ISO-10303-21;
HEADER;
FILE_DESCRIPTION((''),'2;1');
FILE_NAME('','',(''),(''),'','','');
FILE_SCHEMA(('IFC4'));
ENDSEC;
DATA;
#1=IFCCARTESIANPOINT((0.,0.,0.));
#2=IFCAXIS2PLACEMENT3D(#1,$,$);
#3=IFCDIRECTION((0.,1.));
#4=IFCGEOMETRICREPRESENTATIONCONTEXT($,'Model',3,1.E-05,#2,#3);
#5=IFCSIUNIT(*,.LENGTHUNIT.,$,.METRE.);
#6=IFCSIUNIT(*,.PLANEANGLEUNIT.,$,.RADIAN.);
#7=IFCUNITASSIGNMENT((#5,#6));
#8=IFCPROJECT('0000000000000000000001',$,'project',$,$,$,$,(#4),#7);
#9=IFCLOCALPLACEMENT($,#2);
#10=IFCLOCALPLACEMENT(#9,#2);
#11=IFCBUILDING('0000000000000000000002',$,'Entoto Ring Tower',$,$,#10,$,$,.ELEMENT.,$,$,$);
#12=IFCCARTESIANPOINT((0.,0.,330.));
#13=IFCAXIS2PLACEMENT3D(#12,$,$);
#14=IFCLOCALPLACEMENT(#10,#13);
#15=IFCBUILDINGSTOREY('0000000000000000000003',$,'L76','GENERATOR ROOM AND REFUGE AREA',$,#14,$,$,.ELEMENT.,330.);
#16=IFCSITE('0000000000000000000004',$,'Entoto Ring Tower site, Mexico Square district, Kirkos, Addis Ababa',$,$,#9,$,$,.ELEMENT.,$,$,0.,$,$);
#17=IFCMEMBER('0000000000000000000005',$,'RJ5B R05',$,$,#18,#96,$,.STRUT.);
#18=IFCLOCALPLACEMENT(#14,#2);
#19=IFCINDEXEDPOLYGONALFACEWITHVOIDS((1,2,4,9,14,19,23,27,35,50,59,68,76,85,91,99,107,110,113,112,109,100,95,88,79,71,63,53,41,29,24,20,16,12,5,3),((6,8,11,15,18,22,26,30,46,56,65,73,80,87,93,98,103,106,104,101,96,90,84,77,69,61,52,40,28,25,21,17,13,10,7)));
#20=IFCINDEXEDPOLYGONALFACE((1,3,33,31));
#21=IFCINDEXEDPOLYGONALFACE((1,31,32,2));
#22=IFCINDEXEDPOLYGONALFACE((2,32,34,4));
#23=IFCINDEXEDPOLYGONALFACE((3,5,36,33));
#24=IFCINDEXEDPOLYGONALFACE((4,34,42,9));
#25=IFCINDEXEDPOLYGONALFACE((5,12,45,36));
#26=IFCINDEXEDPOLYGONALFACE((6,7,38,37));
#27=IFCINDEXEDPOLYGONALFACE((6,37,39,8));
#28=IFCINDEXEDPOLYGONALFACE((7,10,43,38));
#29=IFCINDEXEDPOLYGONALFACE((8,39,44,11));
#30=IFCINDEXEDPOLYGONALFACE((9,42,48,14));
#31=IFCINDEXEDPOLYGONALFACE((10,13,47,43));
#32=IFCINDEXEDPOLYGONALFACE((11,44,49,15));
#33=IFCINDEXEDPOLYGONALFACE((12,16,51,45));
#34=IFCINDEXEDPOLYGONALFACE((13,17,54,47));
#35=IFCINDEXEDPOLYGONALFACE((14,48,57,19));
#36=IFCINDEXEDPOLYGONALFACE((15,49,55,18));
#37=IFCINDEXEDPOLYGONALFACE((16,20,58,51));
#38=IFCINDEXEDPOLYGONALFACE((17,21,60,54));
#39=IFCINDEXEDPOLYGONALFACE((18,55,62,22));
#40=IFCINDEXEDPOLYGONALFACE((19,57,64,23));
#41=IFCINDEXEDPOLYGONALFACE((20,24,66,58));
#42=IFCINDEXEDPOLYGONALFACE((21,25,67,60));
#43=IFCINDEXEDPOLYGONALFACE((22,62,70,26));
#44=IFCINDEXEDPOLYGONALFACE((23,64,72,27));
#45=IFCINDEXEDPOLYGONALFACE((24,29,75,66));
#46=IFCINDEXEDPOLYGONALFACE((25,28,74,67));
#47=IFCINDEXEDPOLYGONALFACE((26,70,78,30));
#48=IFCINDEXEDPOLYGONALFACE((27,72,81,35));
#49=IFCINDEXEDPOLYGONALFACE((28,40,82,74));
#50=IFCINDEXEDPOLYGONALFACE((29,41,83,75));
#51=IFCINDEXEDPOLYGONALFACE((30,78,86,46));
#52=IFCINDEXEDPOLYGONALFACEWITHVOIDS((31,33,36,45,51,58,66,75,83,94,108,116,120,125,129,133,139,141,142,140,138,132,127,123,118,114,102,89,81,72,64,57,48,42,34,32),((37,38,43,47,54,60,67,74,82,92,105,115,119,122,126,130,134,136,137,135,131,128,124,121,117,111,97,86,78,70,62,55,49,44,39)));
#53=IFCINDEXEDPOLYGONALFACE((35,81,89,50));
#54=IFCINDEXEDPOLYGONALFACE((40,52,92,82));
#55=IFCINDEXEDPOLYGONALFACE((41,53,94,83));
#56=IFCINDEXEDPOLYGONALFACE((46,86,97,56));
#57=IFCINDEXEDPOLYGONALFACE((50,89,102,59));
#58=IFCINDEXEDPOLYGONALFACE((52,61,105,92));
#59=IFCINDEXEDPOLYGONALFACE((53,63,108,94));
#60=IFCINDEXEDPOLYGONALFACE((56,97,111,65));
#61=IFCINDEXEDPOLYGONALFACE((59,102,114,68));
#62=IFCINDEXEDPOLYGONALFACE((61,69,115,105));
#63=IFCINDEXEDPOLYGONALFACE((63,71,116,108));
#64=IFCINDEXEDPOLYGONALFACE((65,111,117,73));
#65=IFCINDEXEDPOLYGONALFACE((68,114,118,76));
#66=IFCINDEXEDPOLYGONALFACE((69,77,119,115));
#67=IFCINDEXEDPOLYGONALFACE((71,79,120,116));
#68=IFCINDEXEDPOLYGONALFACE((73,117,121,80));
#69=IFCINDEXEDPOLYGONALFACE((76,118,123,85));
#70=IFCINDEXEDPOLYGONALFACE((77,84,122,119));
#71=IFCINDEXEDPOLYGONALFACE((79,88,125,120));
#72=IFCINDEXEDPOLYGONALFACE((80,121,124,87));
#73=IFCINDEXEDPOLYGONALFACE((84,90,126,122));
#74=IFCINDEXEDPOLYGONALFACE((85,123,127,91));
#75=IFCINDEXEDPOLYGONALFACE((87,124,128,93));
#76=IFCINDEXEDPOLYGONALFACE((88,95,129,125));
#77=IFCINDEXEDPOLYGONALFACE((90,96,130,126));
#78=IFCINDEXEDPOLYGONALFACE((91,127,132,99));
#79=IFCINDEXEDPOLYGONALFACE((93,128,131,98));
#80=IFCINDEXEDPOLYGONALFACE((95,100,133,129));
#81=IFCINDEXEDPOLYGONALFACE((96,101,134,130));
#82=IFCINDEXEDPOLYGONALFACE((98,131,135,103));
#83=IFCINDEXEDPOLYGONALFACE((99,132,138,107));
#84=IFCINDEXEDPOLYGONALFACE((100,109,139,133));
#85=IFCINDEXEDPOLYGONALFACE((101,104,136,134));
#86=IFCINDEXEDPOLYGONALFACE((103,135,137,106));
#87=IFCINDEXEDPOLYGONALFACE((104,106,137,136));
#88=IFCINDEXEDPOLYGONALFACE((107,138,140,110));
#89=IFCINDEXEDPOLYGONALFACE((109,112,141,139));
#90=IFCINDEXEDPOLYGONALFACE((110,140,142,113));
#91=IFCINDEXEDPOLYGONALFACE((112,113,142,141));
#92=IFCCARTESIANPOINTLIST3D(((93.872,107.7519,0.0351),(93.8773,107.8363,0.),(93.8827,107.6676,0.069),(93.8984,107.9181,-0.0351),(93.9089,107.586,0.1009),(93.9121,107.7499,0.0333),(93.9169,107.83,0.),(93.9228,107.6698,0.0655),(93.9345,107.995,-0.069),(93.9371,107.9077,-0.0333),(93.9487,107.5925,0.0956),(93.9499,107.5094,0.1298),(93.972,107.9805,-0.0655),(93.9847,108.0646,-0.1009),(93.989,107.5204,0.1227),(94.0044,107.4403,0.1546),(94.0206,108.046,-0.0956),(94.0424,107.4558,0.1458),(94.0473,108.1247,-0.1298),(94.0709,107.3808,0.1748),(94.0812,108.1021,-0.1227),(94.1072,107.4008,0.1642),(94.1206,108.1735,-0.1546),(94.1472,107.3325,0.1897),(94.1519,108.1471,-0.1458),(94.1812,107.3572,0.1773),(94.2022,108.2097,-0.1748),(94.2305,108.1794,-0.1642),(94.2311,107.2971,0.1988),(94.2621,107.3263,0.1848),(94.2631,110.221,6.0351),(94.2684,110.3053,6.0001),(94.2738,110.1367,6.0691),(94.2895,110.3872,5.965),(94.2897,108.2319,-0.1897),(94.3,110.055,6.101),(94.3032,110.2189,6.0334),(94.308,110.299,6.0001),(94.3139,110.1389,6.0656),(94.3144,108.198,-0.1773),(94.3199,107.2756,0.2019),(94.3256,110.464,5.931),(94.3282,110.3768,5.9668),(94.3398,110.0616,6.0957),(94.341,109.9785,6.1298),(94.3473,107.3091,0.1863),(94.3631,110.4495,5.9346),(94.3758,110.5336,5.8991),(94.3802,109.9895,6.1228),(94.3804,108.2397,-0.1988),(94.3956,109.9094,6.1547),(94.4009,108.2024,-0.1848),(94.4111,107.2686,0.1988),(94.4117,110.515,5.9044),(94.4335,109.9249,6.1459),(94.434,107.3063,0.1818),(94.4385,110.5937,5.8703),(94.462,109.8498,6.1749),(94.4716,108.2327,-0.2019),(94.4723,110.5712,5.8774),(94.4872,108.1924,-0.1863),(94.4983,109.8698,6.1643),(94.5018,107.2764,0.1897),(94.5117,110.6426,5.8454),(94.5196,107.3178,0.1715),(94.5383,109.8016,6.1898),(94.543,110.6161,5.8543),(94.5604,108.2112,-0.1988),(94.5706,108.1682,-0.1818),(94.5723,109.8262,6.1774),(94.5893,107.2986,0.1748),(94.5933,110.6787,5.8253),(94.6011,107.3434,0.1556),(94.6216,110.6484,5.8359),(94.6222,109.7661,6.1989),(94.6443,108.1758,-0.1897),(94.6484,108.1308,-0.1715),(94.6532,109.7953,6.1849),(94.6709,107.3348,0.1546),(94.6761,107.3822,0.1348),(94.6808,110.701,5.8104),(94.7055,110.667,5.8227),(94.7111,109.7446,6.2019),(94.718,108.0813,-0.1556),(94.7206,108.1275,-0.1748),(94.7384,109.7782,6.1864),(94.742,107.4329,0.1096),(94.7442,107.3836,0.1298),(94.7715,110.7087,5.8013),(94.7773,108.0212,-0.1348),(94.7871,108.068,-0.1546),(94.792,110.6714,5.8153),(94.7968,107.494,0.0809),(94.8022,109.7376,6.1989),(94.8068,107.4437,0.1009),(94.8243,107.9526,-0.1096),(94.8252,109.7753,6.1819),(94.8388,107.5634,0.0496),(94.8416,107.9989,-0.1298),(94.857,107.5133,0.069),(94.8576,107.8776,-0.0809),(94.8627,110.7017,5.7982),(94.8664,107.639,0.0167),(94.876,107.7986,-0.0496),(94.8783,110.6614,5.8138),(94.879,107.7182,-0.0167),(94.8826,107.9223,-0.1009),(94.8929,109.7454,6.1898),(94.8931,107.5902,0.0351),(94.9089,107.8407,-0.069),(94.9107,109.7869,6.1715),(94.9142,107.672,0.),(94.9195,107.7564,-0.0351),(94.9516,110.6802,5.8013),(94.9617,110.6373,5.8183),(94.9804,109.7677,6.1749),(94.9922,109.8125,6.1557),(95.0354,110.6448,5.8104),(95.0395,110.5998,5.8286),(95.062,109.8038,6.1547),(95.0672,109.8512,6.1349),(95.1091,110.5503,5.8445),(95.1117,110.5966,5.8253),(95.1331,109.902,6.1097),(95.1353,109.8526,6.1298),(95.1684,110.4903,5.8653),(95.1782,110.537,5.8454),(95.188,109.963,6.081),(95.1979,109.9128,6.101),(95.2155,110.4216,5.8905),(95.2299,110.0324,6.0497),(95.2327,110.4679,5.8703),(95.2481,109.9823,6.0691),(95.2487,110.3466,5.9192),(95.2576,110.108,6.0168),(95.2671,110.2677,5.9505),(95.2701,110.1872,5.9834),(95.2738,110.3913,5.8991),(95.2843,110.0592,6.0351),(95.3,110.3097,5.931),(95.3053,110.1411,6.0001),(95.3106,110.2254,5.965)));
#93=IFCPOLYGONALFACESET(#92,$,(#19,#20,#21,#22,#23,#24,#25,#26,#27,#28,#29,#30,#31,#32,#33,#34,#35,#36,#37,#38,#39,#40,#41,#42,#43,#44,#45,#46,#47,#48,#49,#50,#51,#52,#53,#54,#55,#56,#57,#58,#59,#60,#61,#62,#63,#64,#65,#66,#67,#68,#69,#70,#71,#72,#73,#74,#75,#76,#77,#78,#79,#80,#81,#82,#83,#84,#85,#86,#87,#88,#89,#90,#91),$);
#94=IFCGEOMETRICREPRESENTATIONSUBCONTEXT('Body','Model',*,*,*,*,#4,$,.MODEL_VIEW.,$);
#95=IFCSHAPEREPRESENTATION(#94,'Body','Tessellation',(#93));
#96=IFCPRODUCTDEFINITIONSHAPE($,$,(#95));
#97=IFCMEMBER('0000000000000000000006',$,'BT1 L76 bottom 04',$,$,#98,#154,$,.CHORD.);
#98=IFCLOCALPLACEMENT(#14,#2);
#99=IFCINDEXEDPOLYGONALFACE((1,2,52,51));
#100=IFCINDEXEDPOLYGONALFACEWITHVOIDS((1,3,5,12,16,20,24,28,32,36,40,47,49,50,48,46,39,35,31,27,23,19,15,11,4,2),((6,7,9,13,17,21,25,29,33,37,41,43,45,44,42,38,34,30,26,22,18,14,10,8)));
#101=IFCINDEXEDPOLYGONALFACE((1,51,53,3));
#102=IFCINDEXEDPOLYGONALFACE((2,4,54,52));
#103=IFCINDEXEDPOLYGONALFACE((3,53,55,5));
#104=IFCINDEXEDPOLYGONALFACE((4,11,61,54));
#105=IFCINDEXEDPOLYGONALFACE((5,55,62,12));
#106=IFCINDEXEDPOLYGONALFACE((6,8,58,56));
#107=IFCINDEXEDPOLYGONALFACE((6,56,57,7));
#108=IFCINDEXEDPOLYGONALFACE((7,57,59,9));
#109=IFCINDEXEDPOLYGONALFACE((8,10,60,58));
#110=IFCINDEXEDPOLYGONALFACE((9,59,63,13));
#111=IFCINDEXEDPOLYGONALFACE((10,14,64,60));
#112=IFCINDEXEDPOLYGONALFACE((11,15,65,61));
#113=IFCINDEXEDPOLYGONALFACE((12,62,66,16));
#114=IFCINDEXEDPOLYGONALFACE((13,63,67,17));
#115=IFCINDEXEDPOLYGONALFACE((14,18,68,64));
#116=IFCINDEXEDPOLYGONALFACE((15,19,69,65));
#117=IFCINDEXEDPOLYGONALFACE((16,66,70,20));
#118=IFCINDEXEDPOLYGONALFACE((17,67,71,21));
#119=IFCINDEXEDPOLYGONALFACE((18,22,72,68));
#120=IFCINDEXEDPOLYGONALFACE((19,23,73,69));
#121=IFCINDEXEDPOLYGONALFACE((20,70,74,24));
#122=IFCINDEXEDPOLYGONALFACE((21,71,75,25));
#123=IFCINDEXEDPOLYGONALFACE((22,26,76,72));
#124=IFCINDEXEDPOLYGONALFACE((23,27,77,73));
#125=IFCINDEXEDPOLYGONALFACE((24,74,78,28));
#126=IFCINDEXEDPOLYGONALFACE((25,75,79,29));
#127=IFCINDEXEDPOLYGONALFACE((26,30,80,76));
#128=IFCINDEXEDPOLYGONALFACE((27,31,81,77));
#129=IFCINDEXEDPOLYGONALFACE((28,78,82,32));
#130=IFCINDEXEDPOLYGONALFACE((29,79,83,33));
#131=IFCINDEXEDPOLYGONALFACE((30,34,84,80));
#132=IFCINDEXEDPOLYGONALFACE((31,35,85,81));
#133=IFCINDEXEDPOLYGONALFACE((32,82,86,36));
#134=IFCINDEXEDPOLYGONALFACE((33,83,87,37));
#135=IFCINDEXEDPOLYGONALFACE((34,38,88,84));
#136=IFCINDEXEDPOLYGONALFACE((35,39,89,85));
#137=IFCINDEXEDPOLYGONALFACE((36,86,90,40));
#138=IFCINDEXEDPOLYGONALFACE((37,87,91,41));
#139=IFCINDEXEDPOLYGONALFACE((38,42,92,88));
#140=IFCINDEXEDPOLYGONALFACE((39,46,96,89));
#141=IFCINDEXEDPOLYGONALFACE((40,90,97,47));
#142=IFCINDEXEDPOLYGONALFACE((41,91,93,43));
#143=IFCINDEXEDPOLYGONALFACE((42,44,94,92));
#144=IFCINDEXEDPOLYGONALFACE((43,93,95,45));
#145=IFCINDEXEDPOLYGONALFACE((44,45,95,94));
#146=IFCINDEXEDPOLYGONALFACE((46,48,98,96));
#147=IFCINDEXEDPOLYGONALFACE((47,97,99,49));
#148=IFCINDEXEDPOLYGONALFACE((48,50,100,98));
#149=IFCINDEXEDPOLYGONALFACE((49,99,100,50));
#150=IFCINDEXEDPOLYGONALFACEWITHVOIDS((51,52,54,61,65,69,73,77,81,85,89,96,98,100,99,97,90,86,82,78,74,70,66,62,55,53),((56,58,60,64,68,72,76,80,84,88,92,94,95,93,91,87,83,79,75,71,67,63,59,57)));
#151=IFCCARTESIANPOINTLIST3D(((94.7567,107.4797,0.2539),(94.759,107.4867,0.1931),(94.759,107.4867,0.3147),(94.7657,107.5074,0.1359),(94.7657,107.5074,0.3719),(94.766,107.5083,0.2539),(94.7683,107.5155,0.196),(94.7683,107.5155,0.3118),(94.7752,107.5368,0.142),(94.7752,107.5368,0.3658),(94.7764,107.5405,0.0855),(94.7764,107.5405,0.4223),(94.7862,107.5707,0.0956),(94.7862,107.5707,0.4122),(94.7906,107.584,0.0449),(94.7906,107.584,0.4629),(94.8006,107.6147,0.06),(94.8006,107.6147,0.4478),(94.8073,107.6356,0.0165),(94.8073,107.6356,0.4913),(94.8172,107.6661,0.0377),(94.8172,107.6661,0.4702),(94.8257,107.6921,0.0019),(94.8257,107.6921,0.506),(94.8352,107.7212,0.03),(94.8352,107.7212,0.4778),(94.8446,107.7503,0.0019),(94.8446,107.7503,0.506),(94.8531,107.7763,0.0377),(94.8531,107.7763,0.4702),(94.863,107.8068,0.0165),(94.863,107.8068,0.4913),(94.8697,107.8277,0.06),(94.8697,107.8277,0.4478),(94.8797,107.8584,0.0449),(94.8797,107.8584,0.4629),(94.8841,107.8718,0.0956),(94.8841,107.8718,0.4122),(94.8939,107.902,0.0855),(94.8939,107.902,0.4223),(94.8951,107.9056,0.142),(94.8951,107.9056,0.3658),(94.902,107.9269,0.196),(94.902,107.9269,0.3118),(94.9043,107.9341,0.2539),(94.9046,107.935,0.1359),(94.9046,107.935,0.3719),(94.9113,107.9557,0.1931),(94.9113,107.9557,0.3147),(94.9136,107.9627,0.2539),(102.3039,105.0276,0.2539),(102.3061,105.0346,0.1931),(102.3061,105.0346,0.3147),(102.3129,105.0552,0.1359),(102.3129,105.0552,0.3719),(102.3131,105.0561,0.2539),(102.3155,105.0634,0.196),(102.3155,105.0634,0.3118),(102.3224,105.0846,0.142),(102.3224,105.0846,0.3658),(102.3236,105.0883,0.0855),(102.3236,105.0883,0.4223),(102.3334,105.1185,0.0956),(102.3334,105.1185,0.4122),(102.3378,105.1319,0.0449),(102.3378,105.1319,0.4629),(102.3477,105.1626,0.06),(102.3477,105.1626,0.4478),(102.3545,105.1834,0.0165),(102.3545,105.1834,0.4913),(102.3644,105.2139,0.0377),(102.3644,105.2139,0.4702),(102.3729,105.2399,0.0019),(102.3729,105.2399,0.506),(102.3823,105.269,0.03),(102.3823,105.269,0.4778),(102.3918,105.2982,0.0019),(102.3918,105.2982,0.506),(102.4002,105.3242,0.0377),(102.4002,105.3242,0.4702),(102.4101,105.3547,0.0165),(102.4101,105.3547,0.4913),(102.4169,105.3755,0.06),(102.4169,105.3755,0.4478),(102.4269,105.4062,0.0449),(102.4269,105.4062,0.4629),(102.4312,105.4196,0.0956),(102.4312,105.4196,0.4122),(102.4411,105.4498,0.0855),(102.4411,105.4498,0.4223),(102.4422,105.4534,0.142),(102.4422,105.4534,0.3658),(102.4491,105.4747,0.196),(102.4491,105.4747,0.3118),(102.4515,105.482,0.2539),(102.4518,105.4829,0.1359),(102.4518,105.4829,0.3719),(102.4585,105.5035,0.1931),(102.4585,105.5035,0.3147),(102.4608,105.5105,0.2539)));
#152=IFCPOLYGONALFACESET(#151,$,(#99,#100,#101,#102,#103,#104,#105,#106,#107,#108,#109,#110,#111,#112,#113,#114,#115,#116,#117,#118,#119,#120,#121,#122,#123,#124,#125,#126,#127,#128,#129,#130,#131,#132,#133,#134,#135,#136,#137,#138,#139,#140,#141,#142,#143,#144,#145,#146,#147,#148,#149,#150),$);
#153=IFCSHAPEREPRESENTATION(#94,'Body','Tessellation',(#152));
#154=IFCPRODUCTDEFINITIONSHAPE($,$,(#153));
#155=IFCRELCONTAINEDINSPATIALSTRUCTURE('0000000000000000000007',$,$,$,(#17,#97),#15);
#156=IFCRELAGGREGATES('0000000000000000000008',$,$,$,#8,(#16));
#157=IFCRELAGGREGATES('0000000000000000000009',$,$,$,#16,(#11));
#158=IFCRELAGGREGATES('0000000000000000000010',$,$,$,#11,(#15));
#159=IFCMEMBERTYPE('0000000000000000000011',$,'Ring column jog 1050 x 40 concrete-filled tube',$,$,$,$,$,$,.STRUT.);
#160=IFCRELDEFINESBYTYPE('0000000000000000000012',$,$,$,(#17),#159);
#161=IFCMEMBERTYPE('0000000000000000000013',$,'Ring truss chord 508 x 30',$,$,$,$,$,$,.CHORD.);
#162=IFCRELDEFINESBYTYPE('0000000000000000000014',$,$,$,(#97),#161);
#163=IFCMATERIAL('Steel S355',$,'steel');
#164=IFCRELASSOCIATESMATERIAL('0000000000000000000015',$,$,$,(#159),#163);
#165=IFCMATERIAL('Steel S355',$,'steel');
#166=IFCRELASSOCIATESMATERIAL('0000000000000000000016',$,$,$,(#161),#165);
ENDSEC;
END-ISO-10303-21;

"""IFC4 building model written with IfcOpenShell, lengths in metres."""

from ifc_helpers import new_model, si_unit, direction, frame, origin, origin_2d, place, context, subcontext, project, spatial, circle, hollow_circle, extrude, material, material_profile, profile_set, type_object, element, save


model = new_model("IFC4")

# Units and contexts
model_context = context("Model", 3, precision=1e-05, world=origin(), true_north=direction((0.0, 1.0)))
body_context = subcontext(model_context, "Body", "Model", "MODEL_VIEW")
ifc_project = project(units=[si_unit("LENGTHUNIT", "METRE"), si_unit("PLANEANGLEUNIT", "RADIAN")], contexts=[model_context])

# Site, building, storey
site_placement = place(None, origin())
site = spatial("IfcSite", under=ifc_project, at=site_placement, Name="Entoto Ring Tower site, Mexico Square district, Kirkos, Addis Ababa", CompositionType="ELEMENT", RefElevation=0.0)
building_placement = place(site_placement, origin())
building = spatial("IfcBuilding", under=site, at=building_placement, Name="Entoto Ring Tower", CompositionType="ELEMENT")
storey_placement = place(building_placement, frame((0.0, 0.0, 330.0)))
storey = spatial("IfcBuildingStorey", under=building, at=storey_placement, Name="L76", Description="GENERATOR ROOM AND REFUGE AREA", CompositionType="ELEMENT", Elevation=330.0)

# Members
ifc_material_1 = material(Name="Steel S355", Category="steel")
ifc_material_profile_1 = material_profile(ifc_material_1, hollow_circle(Radius=0.5249, WallThickness=0.04, at=origin_2d()), Name="CHS 1050 x 40")
ifc_material_2 = material(Name="Concrete C60/75", Category="concrete")
ifc_material_profile_2 = material_profile(ifc_material_2, circle(Radius=0.4851, at=origin_2d()), Name="Concrete C60/75 infill")
ifc_profile_set_1 = profile_set([ifc_material_profile_1, ifc_material_profile_2], Name="Steel S355")
member_type_1 = type_object("IfcMemberType", Name="Ring column jog 1050 x 40 concrete-filled tube", PredefinedType="STRUT", material=ifc_profile_set_1)
for number, where, z_axis, x_axis, name in (
    (1, (94.3958, 107.7542, 0.0), (0.060172, 0.37985, 0.923089), (-0.987684, 0.156459, 0.0), "RJ5B R05"),
):
    element("IfcMember", number, at=place(storey_placement, frame(where, z_axis=z_axis, x_axis=x_axis)), inside=storey, type_object=member_type_1, Name=name, PredefinedType="STRUT", context=body_context, shape_type="SweptSolid", body=[
        extrude(hollow_circle(Radius=0.5249, WallThickness=0.04, at=origin_2d()), origin(), (0.0, 0.0, 1.0), 6.5),
    ])
ifc_material_3 = material(Name="Steel S355", Category="steel")
ifc_material_profile_3 = material_profile(ifc_material_3, hollow_circle(Radius=0.2539, WallThickness=0.03, at=origin_2d()), Name="CHS 508 x 30")
ifc_material_4 = material(Name="Concrete C60/75", Category="concrete")
ifc_material_profile_4 = material_profile(ifc_material_4, circle(Radius=0.2241, at=origin_2d()), Name="Concrete C60/75 infill")
ifc_profile_set_2 = profile_set([ifc_material_profile_3, ifc_material_profile_4], Name="Steel S355")
member_type_2 = type_object("IfcMemberType", Name="Ring truss chord 508 x 30", PredefinedType="CHORD", material=ifc_profile_set_2)
for number, where, z_axis, x_axis, name in (
    (2, (102.3823, 105.269, 0.2539), (-0.951059, 0.30901, 0.0), (-0.30901, -0.951059, 0.0), "BT1 L76 bottom 04"),
):
    element("IfcMember", number, at=place(storey_placement, frame(where, z_axis=z_axis, x_axis=x_axis)), inside=storey, type_object=member_type_2, Name=name, PredefinedType="CHORD", context=body_context, shape_type="SweptSolid", body=[
        extrude(hollow_circle(Radius=0.2539, WallThickness=0.03, at=origin_2d()), origin(), (0.0, 0.0, 1.0), 7.9355),
    ])

save(model, "model.ifc")
